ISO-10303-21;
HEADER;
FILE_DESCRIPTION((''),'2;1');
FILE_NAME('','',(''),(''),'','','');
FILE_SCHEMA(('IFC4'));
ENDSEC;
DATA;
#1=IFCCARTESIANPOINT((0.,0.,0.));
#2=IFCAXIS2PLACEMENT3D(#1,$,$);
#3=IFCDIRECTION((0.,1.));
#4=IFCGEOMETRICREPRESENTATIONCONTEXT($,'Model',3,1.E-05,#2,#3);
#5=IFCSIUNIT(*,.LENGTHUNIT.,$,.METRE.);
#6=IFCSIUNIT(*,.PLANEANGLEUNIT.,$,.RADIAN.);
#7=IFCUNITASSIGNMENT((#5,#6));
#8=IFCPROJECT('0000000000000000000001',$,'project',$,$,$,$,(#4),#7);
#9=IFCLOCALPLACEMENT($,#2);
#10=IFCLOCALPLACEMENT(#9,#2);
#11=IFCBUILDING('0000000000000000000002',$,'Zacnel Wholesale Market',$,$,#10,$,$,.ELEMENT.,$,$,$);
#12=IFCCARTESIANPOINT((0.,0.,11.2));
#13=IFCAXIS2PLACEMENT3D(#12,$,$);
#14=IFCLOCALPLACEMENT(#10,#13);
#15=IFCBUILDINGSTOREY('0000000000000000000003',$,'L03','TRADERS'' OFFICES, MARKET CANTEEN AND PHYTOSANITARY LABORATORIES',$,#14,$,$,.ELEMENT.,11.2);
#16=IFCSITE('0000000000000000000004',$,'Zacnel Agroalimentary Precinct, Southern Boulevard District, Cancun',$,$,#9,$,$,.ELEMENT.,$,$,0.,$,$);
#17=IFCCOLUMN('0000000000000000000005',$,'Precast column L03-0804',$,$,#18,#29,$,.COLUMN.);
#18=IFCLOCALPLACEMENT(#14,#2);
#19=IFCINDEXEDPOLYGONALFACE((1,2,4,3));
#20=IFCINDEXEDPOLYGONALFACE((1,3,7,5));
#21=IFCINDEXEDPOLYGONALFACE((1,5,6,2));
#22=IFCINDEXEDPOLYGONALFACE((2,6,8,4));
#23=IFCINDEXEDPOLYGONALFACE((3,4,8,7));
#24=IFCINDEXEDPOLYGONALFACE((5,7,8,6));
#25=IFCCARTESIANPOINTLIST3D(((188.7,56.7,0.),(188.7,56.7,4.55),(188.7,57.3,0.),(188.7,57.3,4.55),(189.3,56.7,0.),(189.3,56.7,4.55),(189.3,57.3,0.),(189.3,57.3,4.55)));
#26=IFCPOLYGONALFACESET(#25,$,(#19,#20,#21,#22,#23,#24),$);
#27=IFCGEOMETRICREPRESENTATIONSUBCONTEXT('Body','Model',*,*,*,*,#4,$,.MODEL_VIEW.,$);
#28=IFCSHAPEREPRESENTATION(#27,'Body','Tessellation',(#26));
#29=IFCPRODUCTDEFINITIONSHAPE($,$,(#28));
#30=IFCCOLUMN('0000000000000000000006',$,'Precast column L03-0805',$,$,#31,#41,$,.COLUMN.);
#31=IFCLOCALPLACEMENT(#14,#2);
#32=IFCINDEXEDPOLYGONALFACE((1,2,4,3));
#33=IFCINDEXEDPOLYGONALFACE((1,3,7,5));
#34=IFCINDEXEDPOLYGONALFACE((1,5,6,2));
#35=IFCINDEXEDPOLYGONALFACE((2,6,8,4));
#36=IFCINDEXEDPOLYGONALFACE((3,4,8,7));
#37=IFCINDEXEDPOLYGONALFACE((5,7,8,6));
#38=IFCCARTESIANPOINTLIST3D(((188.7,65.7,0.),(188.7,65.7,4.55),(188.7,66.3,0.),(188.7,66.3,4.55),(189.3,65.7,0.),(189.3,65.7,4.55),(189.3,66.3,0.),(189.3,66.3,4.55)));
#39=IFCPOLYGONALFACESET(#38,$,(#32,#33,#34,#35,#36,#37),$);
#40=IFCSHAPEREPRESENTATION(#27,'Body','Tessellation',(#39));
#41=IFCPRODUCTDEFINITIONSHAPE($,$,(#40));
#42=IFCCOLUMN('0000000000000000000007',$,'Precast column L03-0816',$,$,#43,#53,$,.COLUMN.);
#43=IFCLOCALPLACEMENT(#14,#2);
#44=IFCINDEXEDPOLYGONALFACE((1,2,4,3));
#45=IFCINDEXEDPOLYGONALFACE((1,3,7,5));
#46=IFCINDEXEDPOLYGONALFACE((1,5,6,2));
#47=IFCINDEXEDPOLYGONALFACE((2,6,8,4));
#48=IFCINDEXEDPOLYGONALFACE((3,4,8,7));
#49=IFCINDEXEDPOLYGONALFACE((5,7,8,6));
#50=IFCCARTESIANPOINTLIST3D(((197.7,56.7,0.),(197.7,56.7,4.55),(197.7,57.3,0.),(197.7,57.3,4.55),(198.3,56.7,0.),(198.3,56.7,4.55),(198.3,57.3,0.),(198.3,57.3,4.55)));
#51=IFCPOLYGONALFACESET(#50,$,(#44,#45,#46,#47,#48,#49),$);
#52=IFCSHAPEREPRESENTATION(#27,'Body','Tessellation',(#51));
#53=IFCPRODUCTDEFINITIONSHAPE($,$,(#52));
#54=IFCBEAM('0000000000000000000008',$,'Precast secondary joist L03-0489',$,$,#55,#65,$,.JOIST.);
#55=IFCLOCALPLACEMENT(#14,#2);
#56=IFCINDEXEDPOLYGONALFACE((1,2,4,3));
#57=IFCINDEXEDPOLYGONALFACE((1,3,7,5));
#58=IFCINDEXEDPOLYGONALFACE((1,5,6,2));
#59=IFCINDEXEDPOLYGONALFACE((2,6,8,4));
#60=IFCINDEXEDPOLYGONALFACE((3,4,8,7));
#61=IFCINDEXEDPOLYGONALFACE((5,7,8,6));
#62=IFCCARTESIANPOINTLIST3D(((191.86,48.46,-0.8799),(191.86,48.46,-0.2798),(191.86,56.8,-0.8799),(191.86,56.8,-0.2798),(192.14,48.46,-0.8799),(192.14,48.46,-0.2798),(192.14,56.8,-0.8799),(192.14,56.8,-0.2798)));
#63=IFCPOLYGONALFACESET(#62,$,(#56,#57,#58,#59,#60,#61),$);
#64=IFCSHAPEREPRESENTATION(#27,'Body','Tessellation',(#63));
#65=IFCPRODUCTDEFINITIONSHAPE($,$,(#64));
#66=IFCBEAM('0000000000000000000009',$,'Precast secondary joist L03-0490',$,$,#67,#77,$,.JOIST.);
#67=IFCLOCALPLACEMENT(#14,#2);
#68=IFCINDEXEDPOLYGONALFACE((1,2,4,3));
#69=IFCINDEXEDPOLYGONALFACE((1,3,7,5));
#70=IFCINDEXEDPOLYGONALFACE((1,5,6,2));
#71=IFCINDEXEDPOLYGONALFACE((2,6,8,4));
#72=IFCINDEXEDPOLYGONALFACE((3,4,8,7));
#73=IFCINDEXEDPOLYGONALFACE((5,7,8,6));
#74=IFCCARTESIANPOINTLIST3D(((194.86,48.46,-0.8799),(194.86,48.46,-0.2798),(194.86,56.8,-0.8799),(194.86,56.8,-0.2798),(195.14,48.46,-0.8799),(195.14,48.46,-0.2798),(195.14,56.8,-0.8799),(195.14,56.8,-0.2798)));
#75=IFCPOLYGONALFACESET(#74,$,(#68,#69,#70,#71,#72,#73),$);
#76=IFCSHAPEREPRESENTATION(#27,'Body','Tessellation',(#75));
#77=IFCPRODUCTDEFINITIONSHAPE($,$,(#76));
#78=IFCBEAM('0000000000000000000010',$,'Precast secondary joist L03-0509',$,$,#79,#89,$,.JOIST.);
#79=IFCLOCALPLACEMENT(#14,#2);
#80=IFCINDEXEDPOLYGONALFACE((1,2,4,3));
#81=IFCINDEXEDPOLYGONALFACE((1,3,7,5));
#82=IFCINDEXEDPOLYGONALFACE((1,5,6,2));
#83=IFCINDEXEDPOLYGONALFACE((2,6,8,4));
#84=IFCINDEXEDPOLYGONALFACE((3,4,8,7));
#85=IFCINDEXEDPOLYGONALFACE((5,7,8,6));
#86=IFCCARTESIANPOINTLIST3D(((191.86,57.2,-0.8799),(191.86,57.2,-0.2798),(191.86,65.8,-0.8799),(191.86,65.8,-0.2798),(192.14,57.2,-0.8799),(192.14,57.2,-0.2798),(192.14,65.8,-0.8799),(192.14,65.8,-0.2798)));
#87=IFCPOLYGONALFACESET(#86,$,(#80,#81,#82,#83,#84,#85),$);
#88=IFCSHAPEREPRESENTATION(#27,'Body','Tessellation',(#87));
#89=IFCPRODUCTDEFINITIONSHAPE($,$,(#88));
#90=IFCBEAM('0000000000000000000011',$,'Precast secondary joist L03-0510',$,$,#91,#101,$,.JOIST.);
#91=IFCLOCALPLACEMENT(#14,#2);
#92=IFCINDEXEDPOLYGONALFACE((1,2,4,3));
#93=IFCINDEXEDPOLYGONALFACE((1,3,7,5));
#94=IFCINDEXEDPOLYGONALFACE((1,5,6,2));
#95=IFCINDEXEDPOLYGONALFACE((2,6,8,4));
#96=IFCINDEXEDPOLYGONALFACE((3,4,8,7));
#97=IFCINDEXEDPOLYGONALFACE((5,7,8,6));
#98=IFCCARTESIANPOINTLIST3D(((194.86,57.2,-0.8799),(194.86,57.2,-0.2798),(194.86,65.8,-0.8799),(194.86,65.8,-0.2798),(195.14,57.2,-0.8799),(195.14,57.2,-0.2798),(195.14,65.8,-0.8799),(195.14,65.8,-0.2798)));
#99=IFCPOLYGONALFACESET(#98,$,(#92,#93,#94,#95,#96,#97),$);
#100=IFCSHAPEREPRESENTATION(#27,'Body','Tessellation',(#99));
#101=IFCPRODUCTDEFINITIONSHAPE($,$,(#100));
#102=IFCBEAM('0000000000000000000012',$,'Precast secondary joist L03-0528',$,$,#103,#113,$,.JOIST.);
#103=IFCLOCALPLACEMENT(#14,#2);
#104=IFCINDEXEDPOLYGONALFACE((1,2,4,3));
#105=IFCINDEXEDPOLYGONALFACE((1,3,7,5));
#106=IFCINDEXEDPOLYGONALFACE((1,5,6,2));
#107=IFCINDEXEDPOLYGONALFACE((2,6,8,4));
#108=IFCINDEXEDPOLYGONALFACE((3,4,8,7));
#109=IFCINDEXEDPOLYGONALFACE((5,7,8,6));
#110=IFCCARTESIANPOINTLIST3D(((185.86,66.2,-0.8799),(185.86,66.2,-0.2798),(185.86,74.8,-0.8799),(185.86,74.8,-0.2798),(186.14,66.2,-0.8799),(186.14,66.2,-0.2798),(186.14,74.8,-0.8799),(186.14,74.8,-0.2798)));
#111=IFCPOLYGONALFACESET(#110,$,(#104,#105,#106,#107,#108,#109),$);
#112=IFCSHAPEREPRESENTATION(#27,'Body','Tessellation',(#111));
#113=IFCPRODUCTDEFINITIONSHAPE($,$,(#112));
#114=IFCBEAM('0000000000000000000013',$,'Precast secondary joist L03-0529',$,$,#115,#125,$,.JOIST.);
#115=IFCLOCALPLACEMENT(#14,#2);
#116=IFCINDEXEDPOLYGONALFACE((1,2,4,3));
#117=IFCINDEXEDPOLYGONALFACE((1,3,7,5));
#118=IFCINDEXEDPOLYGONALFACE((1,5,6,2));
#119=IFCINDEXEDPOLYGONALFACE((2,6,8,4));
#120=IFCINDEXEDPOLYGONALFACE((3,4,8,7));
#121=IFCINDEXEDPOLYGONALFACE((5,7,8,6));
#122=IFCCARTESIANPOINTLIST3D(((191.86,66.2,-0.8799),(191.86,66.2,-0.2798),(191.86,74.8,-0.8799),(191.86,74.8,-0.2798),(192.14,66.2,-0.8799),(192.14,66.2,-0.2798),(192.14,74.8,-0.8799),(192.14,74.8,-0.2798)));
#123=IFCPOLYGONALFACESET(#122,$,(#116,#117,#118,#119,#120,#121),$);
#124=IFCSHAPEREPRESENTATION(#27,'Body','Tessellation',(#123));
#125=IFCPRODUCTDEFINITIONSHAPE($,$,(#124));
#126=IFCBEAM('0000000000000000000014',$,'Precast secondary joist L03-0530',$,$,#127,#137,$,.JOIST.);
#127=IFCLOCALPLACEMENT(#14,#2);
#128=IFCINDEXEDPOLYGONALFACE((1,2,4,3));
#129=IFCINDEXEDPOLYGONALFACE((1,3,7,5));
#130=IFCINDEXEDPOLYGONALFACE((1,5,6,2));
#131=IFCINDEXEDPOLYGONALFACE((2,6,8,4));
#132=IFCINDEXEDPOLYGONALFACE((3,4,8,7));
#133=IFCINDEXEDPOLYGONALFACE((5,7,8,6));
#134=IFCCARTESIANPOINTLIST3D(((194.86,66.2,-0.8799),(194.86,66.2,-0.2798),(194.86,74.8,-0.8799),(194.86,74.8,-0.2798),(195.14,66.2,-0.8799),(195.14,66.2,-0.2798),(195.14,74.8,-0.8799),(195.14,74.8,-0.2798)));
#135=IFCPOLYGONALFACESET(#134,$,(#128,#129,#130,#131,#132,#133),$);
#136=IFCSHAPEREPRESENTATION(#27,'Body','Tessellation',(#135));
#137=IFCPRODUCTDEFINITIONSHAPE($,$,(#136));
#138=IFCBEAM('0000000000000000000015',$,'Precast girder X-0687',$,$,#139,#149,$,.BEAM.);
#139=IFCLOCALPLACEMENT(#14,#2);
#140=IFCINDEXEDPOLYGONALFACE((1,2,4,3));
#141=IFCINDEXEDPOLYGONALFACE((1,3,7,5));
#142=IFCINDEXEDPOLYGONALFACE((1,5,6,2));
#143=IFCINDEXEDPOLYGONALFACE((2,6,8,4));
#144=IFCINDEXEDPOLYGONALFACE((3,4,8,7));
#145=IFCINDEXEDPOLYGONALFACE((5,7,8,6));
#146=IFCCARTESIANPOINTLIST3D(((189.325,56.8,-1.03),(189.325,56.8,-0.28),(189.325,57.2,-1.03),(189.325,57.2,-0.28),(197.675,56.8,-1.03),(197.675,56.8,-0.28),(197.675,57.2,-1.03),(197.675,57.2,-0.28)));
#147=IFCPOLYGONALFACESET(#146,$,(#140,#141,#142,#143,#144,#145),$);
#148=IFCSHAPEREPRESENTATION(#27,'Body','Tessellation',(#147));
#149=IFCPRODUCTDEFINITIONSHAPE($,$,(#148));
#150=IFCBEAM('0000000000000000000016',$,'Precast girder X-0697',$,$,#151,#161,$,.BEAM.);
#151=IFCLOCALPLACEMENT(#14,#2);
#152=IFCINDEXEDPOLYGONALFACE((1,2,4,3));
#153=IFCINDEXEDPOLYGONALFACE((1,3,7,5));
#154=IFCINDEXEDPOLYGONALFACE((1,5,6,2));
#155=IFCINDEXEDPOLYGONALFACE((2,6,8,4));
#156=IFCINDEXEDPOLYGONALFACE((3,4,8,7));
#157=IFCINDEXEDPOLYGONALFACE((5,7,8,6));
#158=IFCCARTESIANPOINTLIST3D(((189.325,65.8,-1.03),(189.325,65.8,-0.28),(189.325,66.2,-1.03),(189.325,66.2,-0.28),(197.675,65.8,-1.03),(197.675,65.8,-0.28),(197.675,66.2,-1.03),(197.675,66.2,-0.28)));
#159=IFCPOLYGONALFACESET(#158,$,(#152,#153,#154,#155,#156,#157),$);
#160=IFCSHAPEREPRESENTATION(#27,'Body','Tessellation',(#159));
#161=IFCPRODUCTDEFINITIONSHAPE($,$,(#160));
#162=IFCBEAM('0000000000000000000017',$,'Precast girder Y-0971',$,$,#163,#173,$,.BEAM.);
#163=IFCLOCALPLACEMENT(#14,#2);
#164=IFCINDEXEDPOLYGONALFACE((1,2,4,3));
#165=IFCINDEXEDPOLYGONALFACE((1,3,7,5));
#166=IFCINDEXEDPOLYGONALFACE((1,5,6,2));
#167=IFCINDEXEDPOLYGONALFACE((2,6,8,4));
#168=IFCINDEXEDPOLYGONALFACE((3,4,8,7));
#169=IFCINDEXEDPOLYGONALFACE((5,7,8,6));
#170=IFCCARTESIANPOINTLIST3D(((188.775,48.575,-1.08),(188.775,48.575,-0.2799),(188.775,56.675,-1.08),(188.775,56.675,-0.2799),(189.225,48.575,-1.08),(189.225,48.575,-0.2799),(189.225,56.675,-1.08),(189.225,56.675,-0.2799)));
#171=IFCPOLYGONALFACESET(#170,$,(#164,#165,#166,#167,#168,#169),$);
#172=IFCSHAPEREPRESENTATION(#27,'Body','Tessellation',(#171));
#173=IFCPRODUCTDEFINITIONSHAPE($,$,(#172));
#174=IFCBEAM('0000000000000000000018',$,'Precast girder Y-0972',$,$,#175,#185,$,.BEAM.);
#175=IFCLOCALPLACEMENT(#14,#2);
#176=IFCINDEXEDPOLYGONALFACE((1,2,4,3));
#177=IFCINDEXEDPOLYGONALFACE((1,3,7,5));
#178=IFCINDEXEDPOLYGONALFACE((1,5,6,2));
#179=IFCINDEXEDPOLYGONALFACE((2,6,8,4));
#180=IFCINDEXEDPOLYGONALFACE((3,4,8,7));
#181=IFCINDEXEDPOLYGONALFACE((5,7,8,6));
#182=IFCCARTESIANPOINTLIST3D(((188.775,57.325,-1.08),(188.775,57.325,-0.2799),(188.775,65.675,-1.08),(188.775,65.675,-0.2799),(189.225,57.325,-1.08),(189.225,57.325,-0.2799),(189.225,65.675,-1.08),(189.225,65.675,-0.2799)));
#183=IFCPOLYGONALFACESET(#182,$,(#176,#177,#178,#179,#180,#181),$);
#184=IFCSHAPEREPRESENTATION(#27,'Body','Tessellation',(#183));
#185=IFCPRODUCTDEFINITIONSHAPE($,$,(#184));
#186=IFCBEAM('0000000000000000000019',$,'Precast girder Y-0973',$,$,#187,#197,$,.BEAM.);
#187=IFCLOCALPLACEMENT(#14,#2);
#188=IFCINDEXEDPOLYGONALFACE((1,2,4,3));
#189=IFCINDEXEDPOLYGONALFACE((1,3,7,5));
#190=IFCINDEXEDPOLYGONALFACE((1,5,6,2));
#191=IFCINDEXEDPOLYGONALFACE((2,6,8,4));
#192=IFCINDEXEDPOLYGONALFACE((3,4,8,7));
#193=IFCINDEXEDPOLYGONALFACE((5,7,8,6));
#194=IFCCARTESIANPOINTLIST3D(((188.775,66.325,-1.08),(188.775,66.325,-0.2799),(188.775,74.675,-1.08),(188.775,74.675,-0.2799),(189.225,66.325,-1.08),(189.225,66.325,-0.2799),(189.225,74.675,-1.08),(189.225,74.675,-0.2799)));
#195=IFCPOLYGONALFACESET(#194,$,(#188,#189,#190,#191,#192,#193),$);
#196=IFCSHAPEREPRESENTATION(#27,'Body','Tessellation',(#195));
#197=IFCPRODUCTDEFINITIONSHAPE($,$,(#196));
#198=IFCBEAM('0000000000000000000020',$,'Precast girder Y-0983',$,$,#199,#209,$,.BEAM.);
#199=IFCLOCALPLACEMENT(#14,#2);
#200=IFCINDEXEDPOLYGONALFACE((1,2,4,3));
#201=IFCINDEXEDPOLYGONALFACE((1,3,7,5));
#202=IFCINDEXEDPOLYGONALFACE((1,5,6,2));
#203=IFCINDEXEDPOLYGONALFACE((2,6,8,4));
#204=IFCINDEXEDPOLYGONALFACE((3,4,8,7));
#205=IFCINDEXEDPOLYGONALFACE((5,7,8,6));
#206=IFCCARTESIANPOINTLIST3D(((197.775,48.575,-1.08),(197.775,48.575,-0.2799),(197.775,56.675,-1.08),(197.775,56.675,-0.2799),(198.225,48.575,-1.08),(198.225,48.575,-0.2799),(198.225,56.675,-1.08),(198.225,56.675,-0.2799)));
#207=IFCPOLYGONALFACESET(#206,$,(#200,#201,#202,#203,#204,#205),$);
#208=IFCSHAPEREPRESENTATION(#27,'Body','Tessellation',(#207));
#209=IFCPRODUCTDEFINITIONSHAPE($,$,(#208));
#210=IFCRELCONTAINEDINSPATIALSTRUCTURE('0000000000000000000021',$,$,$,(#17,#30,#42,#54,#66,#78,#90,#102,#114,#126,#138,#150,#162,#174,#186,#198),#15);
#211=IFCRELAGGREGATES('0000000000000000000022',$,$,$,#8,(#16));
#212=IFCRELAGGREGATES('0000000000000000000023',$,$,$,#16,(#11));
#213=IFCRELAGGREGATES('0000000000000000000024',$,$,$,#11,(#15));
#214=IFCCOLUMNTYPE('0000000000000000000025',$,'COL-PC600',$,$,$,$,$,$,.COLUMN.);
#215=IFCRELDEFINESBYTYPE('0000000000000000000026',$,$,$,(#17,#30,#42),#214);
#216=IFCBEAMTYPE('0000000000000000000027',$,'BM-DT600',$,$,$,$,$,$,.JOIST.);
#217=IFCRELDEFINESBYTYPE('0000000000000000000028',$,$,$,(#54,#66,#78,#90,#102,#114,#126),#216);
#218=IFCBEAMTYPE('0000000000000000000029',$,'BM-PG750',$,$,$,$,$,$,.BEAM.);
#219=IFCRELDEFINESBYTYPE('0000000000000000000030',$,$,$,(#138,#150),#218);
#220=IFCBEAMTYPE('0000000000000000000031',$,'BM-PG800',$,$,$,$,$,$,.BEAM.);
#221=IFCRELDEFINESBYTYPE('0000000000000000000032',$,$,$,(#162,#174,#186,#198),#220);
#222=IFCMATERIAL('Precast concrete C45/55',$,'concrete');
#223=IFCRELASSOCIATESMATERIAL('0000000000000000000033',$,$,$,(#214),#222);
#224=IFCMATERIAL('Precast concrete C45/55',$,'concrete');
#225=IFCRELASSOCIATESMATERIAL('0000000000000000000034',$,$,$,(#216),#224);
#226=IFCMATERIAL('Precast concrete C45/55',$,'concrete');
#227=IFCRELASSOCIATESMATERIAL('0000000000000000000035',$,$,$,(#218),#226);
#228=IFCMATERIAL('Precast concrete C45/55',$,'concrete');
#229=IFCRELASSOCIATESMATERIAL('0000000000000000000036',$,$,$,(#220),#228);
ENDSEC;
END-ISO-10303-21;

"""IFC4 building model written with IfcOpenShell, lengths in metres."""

from ifc_helpers import new_model, si_unit, direction, frame, origin, origin_2d, place, context, subcontext, project, spatial, rectangle, extrude, material, material_profile, profile_set, type_object, element, save


model = new_model("IFC4")

# Units and contexts
model_context = context("Model", 3, precision=1e-05, world=origin(), true_north=direction((0.0, 1.0)))
body_context = subcontext(model_context, "Body", "Model", "MODEL_VIEW")
ifc_project = project(units=[si_unit("LENGTHUNIT", "METRE"), si_unit("PLANEANGLEUNIT", "RADIAN")], contexts=[model_context])

# Site, building, storey
site_placement = place(None, origin())
site = spatial("IfcSite", under=ifc_project, at=site_placement, Name="Zacnel Agroalimentary Precinct, Southern Boulevard District, Cancun", CompositionType="ELEMENT", RefElevation=0.0)
building_placement = place(site_placement, origin())
building = spatial("IfcBuilding", under=site, at=building_placement, Name="Zacnel Wholesale Market", CompositionType="ELEMENT")
storey_placement = place(building_placement, frame((0.0, 0.0, 11.2)))
storey = spatial("IfcBuildingStorey", under=building, at=storey_placement, Name="L03", Description="TRADERS' OFFICES, MARKET CANTEEN AND PHYTOSANITARY LABORATORIES", CompositionType="ELEMENT", Elevation=11.2)

# Columns
ifc_material_1 = material(Name="Precast concrete C45/55", Category="concrete")
ifc_material_profile_1 = material_profile(ifc_material_1, rectangle(XDim=0.6001, YDim=0.6001, at=origin_2d()), Name="PC 600x600")
ifc_profile_set_1 = profile_set([ifc_material_profile_1], Name="Precast concrete C45/55")
column_type = type_object("IfcColumnType", Name="COL-PC600", PredefinedType="COLUMN", material=ifc_profile_set_1)
for number, where, z_axis, x_axis, name in (
    (1, (189.0, 57.0, 0.0), (0.0, 0.0, 1.0), (1.0, 0.0, 0.0), "Precast column L03-0804"),
    (2, (189.0, 66.0, 0.0), (0.0, 0.0, 1.0), (1.0, 0.0, 0.0), "Precast column L03-0805"),
    (3, (198.0, 57.0, 0.0), (0.0, 0.0, 1.0), (1.0, 0.0, 0.0), "Precast column L03-0816"),
):
    element("IfcColumn", number, at=place(storey_placement, frame(where, z_axis=z_axis, x_axis=x_axis)), inside=storey, type_object=column_type, Name=name, PredefinedType="COLUMN", context=body_context, shape_type="SweptSolid", body=[
        extrude(rectangle(XDim=0.6001, YDim=0.6001, at=origin_2d()), origin(), (0.0, 0.0, 1.0), 4.55),
    ])

# Beams
ifc_material_2 = material(Name="Precast concrete C45/55", Category="concrete")
ifc_material_profile_2 = material_profile(ifc_material_2, rectangle(XDim=0.28, YDim=0.6001, at=origin_2d()), Name="DT RIB 280x600")
ifc_profile_set_2 = profile_set([ifc_material_profile_2], Name="Precast concrete C45/55")
beam_type_1 = type_object("IfcBeamType", Name="BM-DT600", PredefinedType="JOIST", material=ifc_profile_set_2)
for number, where, z_axis, x_axis, name in (
    (4, (192.0, 48.46, -0.5798), (0.0, 1.0, 0.0), (-1.0, 0.0, 0.0), "Precast secondary joist L03-0489"),
    (5, (195.0, 48.46, -0.5798), (0.0, 1.0, 0.0), (-1.0, 0.0, 0.0), "Precast secondary joist L03-0490"),
):
    element("IfcBeam", number, at=place(storey_placement, frame(where, z_axis=z_axis, x_axis=x_axis)), inside=storey, type_object=beam_type_1, Name=name, PredefinedType="JOIST", context=body_context, shape_type="SweptSolid", body=[
        extrude(rectangle(XDim=0.28, YDim=0.6001, at=origin_2d()), origin(), (0.0, 0.0, 1.0), 8.3401),
    ])
for number, where, z_axis, x_axis, name in (
    (6, (192.0, 57.2, -0.5798), (0.0, 1.0, 0.0), (-1.0, 0.0, 0.0), "Precast secondary joist L03-0509"),
    (7, (195.0, 57.2, -0.5798), (0.0, 1.0, 0.0), (-1.0, 0.0, 0.0), "Precast secondary joist L03-0510"),
    (8, (186.0, 66.2, -0.5798), (0.0, 1.0, 0.0), (-1.0, 0.0, 0.0), "Precast secondary joist L03-0528"),
    (9, (192.0, 66.2, -0.5798), (0.0, 1.0, 0.0), (-1.0, 0.0, 0.0), "Precast secondary joist L03-0529"),
    (10, (195.0, 66.2, -0.5798), (0.0, 1.0, 0.0), (-1.0, 0.0, 0.0), "Precast secondary joist L03-0530"),
):
    element("IfcBeam", number, at=place(storey_placement, frame(where, z_axis=z_axis, x_axis=x_axis)), inside=storey, type_object=beam_type_1, Name=name, PredefinedType="JOIST", context=body_context, shape_type="SweptSolid", body=[
        extrude(rectangle(XDim=0.28, YDim=0.6001, at=origin_2d()), origin(), (0.0, 0.0, 1.0), 8.6001),
    ])
ifc_material_3 = material(Name="Precast concrete C45/55", Category="concrete")
ifc_material_profile_3 = material_profile(ifc_material_3, rectangle(XDim=0.3999, YDim=0.75, at=origin_2d()), Name="PG 400x750")
ifc_profile_set_3 = profile_set([ifc_material_profile_3], Name="Precast concrete C45/55")
beam_type_2 = type_object("IfcBeamType", Name="BM-PG750", PredefinedType="BEAM", material=ifc_profile_set_3)
for number, where, z_axis, x_axis, name in (
    (11, (189.325, 57.0, -0.655), (1.0, 0.0, 0.0), (0.0, 1.0, 0.0), "Precast girder X-0687"),
    (12, (189.325, 66.0, -0.655), (1.0, 0.0, 0.0), (0.0, 1.0, 0.0), "Precast girder X-0697"),
):
    element("IfcBeam", number, at=place(storey_placement, frame(where, z_axis=z_axis, x_axis=x_axis)), inside=storey, type_object=beam_type_2, Name=name, PredefinedType="BEAM", context=body_context, shape_type="SweptSolid", body=[
        extrude(rectangle(XDim=0.3999, YDim=0.75, at=origin_2d()), origin(), (0.0, 0.0, 1.0), 8.3501),
    ])
ifc_material_4 = material(Name="Precast concrete C45/55", Category="concrete")
ifc_material_profile_4 = material_profile(ifc_material_4, rectangle(XDim=0.45, YDim=0.8, at=origin_2d()), Name="PG 450x800")
ifc_profile_set_4 = profile_set([ifc_material_profile_4], Name="Precast concrete C45/55")
beam_type_3 = type_object("IfcBeamType", Name="BM-PG800", PredefinedType="BEAM", material=ifc_profile_set_4)
beam_1_placement = place(storey_placement, frame((189.0, 48.575, -0.6799), z_axis=(0.0, 1.0, 0.0), x_axis=(-1.0, 0.0, 0.0)))
element("IfcBeam", 13, at=beam_1_placement, inside=storey, type_object=beam_type_3, Name="Precast girder Y-0971", PredefinedType="BEAM", context=body_context, shape_type="SweptSolid", body=[
    extrude(rectangle(XDim=0.45, YDim=0.8, at=origin_2d()), origin(), (0.0, 0.0, 1.0), 8.1001),
])
for number, where, z_axis, x_axis, name in (
    (14, (189.0, 57.325, -0.6799), (0.0, 1.0, 0.0), (-1.0, 0.0, 0.0), "Precast girder Y-0972"),
    (15, (189.0, 66.325, -0.6799), (0.0, 1.0, 0.0), (-1.0, 0.0, 0.0), "Precast girder Y-0973"),
):
    element("IfcBeam", number, at=place(storey_placement, frame(where, z_axis=z_axis, x_axis=x_axis)), inside=storey, type_object=beam_type_3, Name=name, PredefinedType="BEAM", context=body_context, shape_type="SweptSolid", body=[
        extrude(rectangle(XDim=0.45, YDim=0.8, at=origin_2d()), origin(), (0.0, 0.0, 1.0), 8.3501),
    ])
beam_2_placement = place(storey_placement, frame((198.0, 48.575, -0.6799), z_axis=(0.0, 1.0, 0.0), x_axis=(-1.0, 0.0, 0.0)))
element("IfcBeam", 16, at=beam_2_placement, inside=storey, type_object=beam_type_3, Name="Precast girder Y-0983", PredefinedType="BEAM", context=body_context, shape_type="SweptSolid", body=[
    extrude(rectangle(XDim=0.45, YDim=0.8, at=origin_2d()), origin(), (0.0, 0.0, 1.0), 8.1001),
])

save(model, "model.ifc")
